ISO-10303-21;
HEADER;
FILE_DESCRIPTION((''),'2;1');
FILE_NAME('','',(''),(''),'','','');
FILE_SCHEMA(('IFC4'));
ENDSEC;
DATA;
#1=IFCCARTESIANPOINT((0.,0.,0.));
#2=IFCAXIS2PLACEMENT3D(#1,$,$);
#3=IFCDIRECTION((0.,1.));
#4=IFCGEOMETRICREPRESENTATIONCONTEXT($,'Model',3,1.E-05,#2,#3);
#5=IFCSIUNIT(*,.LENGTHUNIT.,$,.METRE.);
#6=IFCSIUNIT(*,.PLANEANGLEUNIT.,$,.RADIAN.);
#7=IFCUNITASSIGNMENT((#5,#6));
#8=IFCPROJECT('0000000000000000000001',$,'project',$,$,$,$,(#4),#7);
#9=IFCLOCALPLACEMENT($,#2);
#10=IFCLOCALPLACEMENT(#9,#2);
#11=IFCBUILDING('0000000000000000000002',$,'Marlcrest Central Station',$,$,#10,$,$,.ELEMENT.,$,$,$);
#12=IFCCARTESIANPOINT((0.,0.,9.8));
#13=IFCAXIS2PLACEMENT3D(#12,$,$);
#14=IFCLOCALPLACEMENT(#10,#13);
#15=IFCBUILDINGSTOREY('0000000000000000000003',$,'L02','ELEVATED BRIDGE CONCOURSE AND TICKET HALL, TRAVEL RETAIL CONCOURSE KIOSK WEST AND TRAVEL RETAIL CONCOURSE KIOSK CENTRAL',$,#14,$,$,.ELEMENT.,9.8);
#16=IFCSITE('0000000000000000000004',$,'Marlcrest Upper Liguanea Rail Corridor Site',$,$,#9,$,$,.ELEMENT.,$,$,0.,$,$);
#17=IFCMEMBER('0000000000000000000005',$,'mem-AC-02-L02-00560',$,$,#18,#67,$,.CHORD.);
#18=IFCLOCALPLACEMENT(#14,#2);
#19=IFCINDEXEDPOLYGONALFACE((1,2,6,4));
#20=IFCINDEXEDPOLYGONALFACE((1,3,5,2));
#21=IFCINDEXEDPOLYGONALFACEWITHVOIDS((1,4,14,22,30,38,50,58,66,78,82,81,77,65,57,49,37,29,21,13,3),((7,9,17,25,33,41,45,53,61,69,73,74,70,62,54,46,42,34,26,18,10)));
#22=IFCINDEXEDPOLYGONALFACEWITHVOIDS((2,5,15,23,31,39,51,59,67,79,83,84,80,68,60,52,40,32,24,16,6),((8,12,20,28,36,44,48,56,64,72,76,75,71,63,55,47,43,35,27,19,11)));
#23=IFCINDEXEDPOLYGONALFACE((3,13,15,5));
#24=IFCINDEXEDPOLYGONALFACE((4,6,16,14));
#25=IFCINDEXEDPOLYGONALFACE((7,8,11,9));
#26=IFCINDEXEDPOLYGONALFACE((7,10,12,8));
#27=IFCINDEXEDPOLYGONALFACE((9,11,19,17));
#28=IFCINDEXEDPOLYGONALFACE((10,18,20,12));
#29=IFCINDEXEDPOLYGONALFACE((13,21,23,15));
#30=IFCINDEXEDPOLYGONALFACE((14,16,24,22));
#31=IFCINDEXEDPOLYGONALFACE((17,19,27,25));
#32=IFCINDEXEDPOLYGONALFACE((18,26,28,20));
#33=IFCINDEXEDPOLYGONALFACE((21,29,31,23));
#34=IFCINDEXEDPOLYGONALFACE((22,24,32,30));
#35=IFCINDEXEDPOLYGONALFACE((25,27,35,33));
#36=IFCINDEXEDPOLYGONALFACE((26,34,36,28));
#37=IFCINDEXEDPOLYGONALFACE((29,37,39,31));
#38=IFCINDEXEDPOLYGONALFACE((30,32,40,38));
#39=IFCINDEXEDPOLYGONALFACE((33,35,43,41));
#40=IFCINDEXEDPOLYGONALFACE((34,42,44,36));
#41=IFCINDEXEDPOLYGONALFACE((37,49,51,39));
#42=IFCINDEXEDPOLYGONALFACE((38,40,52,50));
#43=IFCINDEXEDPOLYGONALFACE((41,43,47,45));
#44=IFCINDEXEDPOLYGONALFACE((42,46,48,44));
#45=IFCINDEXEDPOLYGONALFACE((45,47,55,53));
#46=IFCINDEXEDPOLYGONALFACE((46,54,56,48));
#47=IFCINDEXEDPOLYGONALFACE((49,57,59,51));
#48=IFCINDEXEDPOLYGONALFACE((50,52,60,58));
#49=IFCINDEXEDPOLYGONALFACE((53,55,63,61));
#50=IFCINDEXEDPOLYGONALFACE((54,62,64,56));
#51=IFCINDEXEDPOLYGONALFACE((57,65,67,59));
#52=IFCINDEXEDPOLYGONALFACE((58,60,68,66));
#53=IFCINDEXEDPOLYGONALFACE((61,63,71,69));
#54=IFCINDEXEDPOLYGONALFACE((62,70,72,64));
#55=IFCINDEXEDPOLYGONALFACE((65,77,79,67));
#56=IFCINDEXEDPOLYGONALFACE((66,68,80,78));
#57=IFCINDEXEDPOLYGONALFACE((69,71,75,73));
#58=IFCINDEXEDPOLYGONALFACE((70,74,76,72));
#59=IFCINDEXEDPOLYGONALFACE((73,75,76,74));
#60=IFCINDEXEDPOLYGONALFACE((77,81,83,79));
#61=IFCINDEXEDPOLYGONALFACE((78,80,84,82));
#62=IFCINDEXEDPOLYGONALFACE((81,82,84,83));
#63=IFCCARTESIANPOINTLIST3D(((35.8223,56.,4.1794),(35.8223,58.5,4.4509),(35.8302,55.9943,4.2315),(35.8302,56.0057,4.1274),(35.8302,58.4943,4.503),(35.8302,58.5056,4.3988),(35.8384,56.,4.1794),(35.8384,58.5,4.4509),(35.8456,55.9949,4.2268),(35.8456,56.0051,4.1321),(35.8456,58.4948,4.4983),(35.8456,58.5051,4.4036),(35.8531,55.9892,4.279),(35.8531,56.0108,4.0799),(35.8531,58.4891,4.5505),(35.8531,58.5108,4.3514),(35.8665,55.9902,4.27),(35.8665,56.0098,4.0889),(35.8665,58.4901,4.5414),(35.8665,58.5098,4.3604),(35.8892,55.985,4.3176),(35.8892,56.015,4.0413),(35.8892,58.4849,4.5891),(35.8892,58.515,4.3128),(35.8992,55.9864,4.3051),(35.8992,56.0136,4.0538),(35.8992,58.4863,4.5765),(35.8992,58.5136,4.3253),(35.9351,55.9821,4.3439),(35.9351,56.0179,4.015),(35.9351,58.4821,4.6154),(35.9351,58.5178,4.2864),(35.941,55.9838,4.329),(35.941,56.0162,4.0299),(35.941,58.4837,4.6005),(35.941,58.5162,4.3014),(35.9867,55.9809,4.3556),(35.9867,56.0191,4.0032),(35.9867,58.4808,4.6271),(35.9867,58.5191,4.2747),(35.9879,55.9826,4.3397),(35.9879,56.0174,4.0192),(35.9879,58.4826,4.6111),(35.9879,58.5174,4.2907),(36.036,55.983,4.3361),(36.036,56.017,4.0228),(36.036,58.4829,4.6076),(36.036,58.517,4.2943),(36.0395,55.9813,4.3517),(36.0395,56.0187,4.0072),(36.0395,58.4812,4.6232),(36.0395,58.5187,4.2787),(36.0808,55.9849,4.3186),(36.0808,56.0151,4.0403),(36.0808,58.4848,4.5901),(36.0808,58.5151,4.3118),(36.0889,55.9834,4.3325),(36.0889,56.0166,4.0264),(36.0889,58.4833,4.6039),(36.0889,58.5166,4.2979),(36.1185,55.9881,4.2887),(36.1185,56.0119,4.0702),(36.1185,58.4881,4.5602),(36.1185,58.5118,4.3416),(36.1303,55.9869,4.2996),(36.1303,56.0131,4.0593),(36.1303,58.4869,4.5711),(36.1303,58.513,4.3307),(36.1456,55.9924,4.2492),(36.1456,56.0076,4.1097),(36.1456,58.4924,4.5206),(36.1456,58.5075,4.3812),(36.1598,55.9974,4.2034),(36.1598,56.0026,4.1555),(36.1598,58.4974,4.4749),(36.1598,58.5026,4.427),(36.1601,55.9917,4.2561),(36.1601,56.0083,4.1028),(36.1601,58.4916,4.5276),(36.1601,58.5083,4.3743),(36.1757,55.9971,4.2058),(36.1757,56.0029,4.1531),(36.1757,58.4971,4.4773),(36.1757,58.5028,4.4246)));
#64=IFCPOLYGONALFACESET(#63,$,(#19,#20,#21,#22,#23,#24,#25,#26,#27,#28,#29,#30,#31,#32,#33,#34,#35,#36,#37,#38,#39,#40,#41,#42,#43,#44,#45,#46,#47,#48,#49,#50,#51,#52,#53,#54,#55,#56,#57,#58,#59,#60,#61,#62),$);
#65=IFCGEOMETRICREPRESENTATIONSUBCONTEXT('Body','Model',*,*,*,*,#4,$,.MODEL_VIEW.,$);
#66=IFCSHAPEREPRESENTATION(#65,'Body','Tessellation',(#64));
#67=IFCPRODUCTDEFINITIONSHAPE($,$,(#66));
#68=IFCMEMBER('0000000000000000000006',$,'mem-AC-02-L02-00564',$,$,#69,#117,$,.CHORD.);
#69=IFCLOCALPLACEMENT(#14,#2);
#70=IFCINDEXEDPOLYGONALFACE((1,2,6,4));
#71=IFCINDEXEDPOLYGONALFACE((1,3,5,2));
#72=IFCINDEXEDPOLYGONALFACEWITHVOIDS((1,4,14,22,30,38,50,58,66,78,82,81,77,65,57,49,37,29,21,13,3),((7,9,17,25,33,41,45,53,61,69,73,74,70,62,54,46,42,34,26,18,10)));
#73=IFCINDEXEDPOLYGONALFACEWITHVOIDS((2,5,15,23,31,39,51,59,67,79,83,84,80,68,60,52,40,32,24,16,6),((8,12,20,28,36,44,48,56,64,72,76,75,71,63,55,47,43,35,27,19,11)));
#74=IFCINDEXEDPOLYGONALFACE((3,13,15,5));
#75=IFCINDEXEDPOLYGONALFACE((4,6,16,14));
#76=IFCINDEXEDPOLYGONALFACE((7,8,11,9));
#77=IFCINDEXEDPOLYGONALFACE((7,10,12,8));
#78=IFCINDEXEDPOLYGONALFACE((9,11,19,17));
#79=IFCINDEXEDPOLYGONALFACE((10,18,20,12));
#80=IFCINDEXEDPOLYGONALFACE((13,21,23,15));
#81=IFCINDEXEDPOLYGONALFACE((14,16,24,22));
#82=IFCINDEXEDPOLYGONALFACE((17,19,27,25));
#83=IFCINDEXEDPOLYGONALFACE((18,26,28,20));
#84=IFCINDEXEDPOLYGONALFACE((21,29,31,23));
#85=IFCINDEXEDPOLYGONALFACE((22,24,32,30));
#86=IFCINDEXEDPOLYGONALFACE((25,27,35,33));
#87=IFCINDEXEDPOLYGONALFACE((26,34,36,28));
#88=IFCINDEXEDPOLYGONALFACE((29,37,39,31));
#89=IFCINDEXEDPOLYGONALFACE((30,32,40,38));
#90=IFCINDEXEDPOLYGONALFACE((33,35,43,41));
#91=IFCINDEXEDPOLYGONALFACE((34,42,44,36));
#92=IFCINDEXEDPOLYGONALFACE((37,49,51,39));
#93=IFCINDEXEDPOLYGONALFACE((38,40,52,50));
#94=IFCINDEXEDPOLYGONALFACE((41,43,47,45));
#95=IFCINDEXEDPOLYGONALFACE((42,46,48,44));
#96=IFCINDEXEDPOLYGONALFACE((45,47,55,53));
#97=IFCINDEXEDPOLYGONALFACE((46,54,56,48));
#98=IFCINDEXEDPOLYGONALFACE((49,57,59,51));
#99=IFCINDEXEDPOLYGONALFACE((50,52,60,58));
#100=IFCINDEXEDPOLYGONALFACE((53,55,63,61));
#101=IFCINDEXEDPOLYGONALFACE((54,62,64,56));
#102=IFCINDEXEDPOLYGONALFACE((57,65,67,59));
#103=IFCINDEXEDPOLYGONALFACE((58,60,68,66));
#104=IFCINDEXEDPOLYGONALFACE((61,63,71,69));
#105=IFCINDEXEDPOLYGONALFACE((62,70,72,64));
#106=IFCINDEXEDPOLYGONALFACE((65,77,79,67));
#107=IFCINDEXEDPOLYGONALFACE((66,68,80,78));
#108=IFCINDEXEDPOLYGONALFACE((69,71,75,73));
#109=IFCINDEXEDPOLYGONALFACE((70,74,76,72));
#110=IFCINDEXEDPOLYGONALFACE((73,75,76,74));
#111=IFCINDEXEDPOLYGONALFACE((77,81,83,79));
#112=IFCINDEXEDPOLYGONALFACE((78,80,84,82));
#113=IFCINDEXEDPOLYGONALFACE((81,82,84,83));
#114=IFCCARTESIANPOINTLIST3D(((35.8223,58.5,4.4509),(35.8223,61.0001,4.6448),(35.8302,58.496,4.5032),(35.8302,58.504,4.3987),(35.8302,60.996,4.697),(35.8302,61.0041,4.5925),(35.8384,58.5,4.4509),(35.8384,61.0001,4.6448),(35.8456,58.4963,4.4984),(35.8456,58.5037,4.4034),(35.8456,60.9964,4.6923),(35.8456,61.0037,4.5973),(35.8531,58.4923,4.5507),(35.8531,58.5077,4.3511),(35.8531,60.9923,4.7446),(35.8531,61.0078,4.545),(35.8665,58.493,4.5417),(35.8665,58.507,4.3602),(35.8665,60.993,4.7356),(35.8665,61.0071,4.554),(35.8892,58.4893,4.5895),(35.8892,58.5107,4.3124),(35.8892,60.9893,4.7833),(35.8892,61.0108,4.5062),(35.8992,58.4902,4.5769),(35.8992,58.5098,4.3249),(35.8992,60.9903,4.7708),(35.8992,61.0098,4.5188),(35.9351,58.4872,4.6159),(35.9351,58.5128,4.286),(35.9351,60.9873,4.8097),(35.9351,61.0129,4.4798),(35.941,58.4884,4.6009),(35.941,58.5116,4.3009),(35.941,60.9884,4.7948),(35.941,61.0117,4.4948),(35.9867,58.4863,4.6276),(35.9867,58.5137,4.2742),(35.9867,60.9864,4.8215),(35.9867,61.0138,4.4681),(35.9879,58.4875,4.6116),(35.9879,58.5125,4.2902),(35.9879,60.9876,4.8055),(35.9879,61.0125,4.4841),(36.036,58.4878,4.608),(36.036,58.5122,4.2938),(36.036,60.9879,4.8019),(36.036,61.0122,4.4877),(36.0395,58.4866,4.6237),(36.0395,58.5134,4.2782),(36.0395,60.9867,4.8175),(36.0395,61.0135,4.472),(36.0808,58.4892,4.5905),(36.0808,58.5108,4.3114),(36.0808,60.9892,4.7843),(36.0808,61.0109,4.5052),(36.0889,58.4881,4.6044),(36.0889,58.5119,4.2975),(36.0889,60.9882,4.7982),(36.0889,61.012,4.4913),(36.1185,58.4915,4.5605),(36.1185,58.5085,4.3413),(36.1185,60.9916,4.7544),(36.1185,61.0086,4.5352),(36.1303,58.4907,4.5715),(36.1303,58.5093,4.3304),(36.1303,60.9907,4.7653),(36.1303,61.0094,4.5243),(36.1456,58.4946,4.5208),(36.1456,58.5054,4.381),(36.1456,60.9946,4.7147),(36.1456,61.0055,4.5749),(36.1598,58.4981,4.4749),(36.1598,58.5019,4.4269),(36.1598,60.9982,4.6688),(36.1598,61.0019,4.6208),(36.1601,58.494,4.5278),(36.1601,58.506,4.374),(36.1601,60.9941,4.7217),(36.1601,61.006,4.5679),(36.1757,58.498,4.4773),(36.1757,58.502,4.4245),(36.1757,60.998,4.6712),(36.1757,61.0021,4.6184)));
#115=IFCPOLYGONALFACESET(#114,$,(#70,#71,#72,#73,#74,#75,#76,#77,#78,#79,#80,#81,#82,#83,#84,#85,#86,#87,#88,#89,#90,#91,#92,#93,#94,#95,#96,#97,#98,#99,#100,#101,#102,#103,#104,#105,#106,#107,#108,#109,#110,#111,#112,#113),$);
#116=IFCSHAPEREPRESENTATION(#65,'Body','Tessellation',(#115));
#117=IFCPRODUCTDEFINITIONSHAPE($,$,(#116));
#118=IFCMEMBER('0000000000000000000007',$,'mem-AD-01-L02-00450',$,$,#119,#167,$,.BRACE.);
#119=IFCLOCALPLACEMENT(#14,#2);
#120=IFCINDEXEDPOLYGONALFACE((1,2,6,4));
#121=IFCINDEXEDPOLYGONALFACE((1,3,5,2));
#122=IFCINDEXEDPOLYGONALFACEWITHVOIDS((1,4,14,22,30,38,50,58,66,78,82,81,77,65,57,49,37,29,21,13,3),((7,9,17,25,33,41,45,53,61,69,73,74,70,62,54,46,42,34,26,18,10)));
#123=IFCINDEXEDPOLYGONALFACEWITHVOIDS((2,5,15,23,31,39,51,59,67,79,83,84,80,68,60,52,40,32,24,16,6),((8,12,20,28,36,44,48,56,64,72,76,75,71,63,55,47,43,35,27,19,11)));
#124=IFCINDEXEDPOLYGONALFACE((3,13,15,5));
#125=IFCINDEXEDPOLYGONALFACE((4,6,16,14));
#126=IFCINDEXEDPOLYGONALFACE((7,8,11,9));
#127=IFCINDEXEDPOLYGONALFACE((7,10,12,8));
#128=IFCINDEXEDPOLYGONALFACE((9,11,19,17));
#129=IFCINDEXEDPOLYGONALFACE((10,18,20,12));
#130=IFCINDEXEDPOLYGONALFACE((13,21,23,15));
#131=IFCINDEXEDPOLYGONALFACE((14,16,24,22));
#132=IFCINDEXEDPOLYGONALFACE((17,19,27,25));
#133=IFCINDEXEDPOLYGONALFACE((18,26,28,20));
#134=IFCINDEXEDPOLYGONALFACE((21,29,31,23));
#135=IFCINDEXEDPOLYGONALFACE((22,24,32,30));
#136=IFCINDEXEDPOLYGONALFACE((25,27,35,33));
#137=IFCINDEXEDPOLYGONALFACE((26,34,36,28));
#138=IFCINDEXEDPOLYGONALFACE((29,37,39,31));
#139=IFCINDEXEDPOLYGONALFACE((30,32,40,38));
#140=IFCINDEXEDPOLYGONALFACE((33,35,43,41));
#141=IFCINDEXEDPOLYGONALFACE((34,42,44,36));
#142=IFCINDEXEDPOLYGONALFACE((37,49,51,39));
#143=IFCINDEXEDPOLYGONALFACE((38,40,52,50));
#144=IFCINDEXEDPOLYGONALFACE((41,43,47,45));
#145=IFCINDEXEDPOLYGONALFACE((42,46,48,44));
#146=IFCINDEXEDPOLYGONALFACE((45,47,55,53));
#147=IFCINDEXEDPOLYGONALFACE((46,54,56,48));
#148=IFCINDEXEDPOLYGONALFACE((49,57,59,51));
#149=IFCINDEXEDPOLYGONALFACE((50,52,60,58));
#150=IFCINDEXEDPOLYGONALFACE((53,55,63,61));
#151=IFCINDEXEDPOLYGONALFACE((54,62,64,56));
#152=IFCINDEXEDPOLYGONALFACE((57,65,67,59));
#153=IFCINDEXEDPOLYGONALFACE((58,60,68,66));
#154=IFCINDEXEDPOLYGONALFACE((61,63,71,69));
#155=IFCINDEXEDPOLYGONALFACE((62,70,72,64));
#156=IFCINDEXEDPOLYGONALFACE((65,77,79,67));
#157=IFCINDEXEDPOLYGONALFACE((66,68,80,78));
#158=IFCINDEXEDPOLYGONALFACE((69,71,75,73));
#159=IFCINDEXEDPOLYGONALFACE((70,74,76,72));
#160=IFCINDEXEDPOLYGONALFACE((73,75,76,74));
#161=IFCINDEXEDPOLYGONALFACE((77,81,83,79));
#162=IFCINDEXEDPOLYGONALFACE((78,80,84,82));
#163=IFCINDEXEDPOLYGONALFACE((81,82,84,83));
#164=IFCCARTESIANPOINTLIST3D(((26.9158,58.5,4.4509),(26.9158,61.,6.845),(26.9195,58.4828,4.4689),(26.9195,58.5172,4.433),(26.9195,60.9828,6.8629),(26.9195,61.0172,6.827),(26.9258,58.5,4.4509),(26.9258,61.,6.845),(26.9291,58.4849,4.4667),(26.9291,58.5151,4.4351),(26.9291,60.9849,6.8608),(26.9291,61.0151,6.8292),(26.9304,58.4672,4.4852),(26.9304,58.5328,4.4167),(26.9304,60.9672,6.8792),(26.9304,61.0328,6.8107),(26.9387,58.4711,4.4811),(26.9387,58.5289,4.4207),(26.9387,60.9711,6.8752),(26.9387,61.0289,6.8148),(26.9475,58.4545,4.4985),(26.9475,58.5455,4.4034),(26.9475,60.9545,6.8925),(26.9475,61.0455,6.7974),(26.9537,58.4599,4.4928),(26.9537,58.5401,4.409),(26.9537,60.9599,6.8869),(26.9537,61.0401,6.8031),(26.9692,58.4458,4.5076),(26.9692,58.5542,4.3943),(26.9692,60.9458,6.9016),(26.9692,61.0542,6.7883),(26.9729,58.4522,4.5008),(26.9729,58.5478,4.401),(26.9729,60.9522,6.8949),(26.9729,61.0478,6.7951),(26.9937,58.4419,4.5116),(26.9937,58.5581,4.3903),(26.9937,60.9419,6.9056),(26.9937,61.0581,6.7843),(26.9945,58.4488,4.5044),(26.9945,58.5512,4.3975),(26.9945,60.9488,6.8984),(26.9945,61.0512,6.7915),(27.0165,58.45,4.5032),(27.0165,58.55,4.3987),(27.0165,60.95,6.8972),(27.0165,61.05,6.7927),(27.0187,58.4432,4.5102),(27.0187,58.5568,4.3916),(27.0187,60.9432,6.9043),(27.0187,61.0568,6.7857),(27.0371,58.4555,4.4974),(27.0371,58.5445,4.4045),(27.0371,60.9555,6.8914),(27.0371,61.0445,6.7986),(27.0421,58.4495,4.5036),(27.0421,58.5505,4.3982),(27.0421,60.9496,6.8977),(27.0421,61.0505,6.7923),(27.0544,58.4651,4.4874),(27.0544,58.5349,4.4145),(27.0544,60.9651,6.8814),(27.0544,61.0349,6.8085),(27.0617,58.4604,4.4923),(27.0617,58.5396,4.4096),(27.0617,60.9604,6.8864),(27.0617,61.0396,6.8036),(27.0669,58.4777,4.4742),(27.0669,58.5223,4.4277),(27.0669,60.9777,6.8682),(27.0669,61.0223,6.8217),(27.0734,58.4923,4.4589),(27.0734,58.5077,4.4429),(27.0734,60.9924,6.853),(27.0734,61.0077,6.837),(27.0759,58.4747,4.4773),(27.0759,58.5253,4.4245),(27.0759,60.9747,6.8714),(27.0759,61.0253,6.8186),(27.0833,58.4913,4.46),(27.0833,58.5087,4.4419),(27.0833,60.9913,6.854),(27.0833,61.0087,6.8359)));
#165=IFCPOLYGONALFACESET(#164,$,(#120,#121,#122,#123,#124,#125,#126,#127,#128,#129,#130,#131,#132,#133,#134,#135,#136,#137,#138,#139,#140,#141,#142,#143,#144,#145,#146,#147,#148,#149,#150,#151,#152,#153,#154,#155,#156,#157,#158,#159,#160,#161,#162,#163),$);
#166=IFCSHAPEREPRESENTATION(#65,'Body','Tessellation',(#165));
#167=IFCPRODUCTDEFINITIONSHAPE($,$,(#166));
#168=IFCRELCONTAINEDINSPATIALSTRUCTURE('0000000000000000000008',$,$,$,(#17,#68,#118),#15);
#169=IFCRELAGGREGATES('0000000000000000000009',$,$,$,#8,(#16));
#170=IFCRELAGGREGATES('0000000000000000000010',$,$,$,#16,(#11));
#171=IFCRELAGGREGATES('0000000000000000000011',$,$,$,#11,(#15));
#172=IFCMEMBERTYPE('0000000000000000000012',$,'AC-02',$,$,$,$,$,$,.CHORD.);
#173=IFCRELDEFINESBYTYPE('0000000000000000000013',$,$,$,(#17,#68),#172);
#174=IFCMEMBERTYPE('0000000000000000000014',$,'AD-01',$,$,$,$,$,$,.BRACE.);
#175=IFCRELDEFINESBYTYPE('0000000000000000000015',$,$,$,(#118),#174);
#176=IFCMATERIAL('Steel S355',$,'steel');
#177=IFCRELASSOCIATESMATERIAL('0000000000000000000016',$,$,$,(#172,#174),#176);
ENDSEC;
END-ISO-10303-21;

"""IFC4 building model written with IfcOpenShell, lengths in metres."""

from ifc_helpers import new_model, si_unit, direction, frame, origin, origin_2d, place, context, subcontext, project, spatial, hollow_circle, extrude, material, material_profile, profile_set, type_object, element, save


model = new_model("IFC4")

# Units and contexts
model_context = context("Model", 3, precision=1e-05, world=origin(), true_north=direction((0.0, 1.0)))
body_context = subcontext(model_context, "Body", "Model", "MODEL_VIEW")
ifc_project = project(units=[si_unit("LENGTHUNIT", "METRE"), si_unit("PLANEANGLEUNIT", "RADIAN")], contexts=[model_context])

# Site, building, storey
site_placement = place(None, origin())
site = spatial("IfcSite", under=ifc_project, at=site_placement, Name="Marlcrest Upper Liguanea Rail Corridor Site", CompositionType="ELEMENT", RefElevation=0.0)
building_placement = place(site_placement, origin())
building = spatial("IfcBuilding", under=site, at=building_placement, Name="Marlcrest Central Station", CompositionType="ELEMENT")
storey_placement = place(building_placement, frame((0.0, 0.0, 9.8)))
storey = spatial("IfcBuildingStorey", under=building, at=storey_placement, Name="L02", Description="ELEVATED BRIDGE CONCOURSE AND TICKET HALL, TRAVEL RETAIL CONCOURSE KIOSK WEST AND TRAVEL RETAIL CONCOURSE KIOSK CENTRAL", CompositionType="ELEMENT", Elevation=9.8)

# Members
ifc_material = material(Name="Steel S355", Category="steel")
ifc_material_profile_1 = material_profile(ifc_material, hollow_circle(Radius=0.1777, WallThickness=0.0161, at=origin_2d()), Name="CHS 355.6x16")
ifc_profile_set_1 = profile_set([ifc_material_profile_1], Name="Steel S355")
member_type_1 = type_object("IfcMemberType", Name="AC-02", PredefinedType="CHORD", material=ifc_profile_set_1)
member_1_placement = place(storey_placement, frame((36.0, 56.0, 4.1794), z_axis=(0.0, 0.994155, 0.107959), x_axis=(-1.0, 0.0, 0.0)))
element("IfcMember", 1, at=member_1_placement, inside=storey, type_object=member_type_1, Name="mem-AC-02-L02-00560", PredefinedType="CHORD", context=body_context, shape_type="SweptSolid", body=[
    extrude(hollow_circle(Radius=0.1777, WallThickness=0.0161, at=origin_2d()), origin(), (0.0, 0.0, 1.0), 2.5146),
])
member_2_placement = place(storey_placement, frame((36.0, 58.5, 4.4509), z_axis=(0.0, 0.997007, 0.077307), x_axis=(-1.0, 0.0, 0.0)))
element("IfcMember", 2, at=member_2_placement, inside=storey, type_object=member_type_1, Name="mem-AC-02-L02-00564", PredefinedType="CHORD", context=body_context, shape_type="SweptSolid", body=[
    extrude(hollow_circle(Radius=0.1777, WallThickness=0.0161, at=origin_2d()), origin(), (0.0, 0.0, 1.0), 2.5076),
])
ifc_material_profile_2 = material_profile(ifc_material, hollow_circle(Radius=0.0842, WallThickness=0.01, at=origin_2d()), Name="CHS 168.3x10")
ifc_profile_set_2 = profile_set([ifc_material_profile_2], Name="Steel S355")
member_type_2 = type_object("IfcMemberType", Name="AD-01", PredefinedType="BRACE", material=ifc_profile_set_2)
member_3_placement = place(storey_placement, frame((27.0, 58.5, 4.4509), z_axis=(0.0, 0.722247, 0.691636), x_axis=(-1.0, 0.0, 0.0)))
element("IfcMember", 3, at=member_3_placement, inside=storey, type_object=member_type_2, Name="mem-AD-01-L02-00450", PredefinedType="BRACE", context=body_context, shape_type="SweptSolid", body=[
    extrude(hollow_circle(Radius=0.0842, WallThickness=0.01, at=origin_2d()), origin(), (0.0, 0.0, 1.0), 3.4614),
])

save(model, "model.ifc")
